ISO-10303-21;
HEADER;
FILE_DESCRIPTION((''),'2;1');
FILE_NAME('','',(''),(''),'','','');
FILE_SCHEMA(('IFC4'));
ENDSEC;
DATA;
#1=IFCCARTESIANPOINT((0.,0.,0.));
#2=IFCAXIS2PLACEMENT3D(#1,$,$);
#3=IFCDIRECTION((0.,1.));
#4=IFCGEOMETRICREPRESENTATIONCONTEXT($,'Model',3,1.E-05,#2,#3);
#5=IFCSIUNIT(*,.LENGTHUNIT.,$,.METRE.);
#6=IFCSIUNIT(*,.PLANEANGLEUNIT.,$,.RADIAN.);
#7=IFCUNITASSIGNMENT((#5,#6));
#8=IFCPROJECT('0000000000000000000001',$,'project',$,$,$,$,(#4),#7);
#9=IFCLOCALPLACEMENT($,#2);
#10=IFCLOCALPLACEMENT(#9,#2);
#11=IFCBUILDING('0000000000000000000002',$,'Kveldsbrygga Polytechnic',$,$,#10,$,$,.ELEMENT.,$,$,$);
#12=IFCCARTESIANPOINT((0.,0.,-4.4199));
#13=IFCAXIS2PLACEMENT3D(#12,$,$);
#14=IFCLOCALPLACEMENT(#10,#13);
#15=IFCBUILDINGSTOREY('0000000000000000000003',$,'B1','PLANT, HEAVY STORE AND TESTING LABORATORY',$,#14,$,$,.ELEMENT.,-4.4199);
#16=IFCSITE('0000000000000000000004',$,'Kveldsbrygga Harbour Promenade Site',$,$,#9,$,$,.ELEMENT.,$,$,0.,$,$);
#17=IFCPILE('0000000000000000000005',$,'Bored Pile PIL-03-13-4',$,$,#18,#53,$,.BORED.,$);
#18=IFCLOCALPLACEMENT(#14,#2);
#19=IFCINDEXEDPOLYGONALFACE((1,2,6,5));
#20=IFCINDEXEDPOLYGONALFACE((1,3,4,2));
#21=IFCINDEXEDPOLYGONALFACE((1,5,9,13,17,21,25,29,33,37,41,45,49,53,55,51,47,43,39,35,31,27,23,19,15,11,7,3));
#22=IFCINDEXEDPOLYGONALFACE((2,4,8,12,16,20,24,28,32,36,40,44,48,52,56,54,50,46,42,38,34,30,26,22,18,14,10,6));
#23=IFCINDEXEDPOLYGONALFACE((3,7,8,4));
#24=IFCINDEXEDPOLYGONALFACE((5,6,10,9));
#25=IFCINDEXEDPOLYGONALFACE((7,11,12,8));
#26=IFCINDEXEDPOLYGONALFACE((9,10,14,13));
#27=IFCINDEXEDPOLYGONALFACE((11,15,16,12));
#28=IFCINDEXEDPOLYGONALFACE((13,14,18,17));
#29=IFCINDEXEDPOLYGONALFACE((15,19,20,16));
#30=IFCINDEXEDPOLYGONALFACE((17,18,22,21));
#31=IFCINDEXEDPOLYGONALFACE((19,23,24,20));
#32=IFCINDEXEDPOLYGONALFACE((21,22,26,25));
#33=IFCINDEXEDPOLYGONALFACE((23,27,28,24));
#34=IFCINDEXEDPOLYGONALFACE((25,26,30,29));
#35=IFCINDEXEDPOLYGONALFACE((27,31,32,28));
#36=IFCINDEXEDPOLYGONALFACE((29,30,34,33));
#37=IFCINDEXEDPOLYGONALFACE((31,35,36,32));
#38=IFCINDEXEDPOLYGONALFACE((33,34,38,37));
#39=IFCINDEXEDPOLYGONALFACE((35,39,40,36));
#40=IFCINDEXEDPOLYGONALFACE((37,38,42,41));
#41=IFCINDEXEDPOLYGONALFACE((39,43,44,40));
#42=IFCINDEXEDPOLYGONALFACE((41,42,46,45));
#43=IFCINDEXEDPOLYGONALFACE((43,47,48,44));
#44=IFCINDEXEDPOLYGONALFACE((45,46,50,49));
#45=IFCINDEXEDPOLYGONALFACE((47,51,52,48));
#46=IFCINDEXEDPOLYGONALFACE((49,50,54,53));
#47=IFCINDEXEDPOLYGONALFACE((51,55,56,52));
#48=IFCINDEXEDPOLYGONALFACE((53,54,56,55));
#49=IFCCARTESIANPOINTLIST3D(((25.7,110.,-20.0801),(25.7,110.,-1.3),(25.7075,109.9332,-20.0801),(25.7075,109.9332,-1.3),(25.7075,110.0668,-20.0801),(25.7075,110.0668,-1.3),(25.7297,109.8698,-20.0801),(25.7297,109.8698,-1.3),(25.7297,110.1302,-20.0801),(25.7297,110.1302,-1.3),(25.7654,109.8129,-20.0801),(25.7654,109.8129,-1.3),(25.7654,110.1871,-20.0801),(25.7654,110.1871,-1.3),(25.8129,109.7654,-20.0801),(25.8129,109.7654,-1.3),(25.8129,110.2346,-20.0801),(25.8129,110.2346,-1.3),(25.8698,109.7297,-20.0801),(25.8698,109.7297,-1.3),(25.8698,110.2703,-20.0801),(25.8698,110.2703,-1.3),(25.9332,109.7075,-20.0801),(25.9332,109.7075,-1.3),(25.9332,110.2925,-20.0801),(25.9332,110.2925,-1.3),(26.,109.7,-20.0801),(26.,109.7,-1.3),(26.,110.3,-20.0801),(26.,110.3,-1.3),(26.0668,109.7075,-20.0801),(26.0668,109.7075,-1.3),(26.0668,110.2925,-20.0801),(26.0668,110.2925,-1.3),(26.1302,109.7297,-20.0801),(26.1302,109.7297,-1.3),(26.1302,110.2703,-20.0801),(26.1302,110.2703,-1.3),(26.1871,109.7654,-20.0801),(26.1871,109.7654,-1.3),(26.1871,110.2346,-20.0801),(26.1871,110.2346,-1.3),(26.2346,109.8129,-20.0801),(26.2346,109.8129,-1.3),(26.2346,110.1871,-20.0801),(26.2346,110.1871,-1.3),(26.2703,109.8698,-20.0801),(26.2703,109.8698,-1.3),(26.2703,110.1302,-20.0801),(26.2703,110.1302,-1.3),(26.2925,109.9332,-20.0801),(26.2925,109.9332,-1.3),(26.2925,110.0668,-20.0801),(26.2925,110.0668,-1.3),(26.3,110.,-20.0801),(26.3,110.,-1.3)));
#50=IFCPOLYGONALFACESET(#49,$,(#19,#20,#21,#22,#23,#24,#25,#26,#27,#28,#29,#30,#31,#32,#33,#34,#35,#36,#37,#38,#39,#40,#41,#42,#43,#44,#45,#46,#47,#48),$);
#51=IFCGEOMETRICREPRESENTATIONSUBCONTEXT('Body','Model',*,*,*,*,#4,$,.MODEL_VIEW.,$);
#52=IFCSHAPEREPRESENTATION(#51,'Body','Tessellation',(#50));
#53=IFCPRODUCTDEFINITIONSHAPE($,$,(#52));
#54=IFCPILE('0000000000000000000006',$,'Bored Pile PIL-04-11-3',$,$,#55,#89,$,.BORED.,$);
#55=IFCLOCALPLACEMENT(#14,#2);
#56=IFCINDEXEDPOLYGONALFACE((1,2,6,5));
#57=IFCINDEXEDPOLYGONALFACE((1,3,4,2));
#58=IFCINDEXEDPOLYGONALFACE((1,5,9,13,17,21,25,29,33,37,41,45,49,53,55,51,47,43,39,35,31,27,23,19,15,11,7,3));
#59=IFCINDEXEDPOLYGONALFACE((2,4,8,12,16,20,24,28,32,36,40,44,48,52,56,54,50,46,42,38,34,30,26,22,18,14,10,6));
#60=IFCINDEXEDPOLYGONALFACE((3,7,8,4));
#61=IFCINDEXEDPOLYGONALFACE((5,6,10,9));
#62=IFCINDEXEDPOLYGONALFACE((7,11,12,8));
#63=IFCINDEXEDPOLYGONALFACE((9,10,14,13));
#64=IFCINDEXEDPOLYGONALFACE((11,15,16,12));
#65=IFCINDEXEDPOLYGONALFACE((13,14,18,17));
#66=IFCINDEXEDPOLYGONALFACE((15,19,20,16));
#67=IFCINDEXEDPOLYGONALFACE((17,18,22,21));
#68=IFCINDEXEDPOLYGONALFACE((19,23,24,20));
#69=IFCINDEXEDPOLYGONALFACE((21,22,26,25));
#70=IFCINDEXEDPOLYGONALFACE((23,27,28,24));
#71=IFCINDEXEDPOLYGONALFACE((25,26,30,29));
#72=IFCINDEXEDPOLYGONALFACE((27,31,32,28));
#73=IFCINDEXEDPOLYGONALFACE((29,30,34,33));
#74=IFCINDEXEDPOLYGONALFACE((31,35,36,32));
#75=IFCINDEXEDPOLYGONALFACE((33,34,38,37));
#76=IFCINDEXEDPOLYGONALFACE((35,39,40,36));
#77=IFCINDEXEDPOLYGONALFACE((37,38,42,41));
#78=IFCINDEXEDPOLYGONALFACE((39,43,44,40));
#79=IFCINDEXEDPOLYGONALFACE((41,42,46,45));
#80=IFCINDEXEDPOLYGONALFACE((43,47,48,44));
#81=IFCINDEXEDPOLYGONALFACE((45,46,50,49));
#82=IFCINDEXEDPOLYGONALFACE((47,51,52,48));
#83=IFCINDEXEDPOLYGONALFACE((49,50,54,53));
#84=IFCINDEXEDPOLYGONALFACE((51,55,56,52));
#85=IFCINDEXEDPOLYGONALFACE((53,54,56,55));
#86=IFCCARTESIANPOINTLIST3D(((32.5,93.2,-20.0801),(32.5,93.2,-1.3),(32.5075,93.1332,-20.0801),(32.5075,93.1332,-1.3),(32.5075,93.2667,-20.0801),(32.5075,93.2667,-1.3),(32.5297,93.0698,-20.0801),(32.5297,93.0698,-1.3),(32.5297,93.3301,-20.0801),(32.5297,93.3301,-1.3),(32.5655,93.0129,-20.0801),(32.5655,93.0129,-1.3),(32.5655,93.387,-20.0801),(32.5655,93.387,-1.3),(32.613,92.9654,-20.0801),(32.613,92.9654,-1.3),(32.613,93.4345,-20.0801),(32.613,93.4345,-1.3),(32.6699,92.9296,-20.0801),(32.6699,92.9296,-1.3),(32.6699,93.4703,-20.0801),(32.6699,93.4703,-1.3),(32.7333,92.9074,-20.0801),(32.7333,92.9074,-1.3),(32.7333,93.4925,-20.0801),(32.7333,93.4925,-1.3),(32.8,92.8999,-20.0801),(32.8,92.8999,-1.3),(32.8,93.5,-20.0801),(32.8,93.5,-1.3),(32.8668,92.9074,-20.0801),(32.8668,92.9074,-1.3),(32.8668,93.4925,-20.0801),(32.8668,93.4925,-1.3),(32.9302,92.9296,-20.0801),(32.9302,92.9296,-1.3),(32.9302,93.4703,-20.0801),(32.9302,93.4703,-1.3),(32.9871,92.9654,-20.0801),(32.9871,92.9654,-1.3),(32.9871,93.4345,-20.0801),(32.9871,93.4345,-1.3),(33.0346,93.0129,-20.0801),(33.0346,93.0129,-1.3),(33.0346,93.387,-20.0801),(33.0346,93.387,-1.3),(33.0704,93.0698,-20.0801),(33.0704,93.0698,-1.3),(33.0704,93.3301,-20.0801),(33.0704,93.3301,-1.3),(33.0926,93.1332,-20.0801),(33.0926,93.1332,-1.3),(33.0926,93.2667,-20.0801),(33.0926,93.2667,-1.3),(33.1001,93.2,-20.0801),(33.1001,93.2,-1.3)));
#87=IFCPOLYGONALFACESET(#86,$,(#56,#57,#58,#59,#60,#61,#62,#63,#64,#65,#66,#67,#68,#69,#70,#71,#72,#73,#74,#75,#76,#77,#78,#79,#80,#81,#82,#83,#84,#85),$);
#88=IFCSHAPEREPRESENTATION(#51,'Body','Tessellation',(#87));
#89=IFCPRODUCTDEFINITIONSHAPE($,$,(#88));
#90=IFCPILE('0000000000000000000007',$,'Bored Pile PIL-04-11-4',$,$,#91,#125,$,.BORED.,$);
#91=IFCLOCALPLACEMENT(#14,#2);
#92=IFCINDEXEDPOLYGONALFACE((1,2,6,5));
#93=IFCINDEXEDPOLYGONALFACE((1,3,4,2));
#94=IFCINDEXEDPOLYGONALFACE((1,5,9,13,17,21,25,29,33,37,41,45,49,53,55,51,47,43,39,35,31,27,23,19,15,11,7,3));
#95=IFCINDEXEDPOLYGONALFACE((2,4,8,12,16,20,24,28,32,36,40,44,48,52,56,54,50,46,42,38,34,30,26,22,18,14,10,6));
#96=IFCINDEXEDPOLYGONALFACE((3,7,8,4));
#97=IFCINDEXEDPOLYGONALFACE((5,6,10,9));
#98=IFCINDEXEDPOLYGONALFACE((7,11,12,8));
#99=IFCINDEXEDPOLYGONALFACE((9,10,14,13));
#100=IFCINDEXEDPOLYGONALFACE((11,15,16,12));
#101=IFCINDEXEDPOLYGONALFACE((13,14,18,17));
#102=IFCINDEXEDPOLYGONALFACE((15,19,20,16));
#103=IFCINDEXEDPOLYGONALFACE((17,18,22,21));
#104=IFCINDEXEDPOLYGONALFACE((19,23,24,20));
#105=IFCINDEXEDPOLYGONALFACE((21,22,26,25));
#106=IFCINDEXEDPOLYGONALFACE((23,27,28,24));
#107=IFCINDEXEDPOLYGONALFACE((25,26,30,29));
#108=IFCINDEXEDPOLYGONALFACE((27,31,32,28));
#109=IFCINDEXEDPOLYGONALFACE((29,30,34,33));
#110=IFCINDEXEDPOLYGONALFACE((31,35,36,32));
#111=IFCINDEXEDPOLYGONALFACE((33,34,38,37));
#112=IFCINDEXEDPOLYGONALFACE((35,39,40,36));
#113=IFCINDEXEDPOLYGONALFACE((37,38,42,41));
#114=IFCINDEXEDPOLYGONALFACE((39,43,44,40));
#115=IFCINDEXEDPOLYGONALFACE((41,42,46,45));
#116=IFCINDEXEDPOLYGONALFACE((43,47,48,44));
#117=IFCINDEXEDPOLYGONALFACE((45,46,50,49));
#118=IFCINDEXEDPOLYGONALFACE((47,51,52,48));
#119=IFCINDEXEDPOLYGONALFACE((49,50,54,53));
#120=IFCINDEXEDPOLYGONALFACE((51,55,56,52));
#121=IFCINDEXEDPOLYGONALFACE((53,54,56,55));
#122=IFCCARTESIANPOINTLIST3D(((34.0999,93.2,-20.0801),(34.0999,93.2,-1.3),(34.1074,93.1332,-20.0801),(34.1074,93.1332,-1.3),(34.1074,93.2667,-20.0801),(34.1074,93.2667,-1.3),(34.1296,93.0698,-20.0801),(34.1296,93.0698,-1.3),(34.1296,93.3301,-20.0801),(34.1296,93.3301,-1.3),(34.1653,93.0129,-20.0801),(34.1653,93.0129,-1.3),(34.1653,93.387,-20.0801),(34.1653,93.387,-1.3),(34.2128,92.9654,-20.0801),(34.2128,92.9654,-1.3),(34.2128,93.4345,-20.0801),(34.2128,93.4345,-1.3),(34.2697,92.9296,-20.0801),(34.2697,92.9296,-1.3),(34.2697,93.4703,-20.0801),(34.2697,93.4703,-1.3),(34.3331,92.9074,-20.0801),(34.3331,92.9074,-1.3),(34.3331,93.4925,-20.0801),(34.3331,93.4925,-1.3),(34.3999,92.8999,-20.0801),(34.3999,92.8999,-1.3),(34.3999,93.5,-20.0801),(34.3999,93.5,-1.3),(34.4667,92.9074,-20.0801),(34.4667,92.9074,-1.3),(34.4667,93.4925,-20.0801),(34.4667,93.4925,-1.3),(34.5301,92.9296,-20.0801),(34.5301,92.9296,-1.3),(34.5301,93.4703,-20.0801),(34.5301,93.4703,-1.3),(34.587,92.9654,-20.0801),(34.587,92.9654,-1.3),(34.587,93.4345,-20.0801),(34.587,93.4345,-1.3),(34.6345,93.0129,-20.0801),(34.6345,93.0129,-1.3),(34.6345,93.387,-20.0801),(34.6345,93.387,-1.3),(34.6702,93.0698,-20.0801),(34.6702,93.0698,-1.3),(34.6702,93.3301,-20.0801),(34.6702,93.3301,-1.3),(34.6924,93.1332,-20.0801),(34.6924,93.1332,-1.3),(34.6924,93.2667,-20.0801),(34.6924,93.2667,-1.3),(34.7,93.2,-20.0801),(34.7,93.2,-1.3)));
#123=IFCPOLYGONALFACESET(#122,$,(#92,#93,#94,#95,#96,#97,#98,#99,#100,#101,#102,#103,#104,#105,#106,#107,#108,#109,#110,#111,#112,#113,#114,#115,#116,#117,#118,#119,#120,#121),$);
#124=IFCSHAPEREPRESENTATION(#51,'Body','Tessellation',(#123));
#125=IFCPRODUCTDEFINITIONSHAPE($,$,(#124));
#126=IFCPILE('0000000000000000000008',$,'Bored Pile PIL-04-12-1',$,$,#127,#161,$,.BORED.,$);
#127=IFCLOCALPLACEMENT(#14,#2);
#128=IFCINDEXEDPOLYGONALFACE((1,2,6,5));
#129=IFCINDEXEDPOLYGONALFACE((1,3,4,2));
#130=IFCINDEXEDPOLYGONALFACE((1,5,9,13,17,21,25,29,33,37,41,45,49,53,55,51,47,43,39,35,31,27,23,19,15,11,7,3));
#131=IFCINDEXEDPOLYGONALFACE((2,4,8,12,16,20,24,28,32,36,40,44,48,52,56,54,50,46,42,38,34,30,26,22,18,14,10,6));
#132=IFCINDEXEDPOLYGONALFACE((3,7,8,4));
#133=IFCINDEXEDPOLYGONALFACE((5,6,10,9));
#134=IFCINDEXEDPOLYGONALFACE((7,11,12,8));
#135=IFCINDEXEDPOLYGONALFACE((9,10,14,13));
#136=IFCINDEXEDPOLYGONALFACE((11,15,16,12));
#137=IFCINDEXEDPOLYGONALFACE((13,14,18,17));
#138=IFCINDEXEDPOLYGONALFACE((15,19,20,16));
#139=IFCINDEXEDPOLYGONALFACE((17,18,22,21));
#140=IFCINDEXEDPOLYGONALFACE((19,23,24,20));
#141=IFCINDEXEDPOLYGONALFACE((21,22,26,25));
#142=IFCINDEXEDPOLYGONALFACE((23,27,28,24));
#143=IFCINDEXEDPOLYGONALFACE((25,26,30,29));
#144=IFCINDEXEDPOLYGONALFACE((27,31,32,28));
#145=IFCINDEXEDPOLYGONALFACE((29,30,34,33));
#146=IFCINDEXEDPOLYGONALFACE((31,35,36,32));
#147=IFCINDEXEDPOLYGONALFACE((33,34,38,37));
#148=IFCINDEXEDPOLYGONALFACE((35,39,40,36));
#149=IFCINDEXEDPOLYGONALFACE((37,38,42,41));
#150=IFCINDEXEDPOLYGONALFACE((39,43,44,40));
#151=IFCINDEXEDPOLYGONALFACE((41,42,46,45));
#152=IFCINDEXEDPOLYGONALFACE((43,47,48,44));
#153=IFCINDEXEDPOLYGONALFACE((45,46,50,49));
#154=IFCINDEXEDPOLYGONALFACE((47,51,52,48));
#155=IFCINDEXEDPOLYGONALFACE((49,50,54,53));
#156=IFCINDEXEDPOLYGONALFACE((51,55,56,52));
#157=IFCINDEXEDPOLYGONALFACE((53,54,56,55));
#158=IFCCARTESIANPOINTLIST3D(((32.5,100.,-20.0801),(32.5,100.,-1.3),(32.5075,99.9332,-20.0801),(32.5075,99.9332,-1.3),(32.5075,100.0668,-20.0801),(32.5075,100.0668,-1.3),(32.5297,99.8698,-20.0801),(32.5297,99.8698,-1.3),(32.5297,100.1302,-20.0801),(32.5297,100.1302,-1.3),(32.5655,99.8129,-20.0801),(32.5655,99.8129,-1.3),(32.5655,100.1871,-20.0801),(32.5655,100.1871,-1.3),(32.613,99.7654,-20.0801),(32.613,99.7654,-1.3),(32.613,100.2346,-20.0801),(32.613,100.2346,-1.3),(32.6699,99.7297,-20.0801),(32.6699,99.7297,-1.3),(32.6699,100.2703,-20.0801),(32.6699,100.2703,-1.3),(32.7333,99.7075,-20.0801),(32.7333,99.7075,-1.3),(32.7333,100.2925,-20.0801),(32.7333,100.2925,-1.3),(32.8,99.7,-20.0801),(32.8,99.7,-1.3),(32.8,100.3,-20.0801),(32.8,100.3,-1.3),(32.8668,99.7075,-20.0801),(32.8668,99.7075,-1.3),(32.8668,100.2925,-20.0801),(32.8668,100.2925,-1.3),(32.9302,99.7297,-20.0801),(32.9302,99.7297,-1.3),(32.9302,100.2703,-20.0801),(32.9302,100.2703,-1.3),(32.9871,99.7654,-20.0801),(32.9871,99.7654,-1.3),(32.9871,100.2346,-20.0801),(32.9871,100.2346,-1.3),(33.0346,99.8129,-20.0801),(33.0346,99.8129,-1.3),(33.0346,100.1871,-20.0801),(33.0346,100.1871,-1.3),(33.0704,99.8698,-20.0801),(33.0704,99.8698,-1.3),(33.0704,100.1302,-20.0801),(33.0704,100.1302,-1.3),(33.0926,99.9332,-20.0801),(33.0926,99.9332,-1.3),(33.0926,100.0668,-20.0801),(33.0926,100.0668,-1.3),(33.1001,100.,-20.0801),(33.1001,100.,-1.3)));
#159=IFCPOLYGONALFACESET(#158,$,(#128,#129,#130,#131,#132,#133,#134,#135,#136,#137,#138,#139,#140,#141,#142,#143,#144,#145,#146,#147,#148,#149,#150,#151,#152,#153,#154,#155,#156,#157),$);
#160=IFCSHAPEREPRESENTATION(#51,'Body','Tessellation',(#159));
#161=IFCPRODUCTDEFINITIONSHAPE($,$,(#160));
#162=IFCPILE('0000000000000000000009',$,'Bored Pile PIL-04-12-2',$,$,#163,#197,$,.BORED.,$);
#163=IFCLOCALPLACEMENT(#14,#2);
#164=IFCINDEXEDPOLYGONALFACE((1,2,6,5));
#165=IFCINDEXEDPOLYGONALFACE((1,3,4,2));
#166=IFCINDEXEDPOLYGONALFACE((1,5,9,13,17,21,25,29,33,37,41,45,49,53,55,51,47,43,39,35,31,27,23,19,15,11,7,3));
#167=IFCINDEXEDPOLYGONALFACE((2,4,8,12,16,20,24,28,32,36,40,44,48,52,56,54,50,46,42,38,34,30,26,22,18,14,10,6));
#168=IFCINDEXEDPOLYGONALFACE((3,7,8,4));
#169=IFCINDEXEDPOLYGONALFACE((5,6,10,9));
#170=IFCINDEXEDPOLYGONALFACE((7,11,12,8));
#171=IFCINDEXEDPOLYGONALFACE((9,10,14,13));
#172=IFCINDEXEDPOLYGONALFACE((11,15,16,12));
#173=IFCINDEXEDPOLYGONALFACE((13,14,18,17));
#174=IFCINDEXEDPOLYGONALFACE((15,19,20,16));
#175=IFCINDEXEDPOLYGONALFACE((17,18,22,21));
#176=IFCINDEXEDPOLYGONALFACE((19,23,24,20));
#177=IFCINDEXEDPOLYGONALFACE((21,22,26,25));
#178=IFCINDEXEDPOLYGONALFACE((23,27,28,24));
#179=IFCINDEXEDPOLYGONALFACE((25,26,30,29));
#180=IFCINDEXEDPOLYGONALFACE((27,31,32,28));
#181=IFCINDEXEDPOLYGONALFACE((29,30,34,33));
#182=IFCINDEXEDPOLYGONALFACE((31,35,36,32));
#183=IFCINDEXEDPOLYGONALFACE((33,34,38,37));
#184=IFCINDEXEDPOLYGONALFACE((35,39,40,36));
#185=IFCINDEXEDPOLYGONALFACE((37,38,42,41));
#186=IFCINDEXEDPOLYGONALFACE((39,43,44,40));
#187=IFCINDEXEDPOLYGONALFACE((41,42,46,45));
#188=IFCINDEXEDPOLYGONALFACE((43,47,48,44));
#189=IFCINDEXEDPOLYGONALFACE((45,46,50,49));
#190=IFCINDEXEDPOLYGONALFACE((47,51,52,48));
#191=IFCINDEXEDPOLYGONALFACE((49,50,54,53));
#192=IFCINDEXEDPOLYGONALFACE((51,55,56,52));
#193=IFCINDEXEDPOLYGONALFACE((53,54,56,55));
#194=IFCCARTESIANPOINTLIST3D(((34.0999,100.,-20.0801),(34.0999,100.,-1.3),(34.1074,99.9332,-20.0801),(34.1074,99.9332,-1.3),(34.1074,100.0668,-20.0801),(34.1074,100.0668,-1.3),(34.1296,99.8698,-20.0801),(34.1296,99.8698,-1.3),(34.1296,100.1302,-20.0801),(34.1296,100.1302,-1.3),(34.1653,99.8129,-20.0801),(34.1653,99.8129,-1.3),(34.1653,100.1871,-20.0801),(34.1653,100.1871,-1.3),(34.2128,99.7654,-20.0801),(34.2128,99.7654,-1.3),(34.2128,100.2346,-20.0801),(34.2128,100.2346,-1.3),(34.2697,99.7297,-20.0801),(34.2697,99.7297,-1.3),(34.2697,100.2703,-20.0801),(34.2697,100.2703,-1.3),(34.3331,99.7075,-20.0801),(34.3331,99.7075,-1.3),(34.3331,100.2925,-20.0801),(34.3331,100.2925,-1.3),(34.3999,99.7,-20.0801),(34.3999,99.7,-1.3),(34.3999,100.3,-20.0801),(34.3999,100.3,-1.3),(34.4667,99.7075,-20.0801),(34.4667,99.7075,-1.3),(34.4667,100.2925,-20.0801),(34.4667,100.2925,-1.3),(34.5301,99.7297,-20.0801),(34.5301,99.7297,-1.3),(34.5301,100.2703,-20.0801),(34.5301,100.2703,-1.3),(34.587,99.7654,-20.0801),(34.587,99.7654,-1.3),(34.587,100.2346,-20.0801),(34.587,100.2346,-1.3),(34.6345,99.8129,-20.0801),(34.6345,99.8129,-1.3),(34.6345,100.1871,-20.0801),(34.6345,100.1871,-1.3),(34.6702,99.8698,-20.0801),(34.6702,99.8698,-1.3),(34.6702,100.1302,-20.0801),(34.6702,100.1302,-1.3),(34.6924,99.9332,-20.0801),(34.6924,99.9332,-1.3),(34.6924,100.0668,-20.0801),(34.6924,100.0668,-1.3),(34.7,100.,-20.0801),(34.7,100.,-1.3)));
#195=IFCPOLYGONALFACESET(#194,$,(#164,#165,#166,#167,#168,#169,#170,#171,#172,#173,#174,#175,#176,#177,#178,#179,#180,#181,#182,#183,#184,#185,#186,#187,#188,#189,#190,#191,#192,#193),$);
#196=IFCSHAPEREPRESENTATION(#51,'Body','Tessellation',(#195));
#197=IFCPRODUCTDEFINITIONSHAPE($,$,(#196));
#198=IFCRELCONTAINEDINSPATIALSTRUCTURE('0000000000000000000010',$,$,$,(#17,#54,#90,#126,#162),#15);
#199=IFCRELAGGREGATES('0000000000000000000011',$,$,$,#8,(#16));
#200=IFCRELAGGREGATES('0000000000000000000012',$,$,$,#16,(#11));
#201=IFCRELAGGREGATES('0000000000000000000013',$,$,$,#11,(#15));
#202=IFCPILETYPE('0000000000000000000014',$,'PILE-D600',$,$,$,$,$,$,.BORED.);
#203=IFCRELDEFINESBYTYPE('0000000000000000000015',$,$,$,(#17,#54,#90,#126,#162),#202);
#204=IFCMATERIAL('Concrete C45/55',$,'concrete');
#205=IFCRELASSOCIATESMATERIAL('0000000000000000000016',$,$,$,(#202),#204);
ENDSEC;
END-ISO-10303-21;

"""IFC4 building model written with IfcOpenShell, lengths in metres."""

from ifc_helpers import new_model, si_unit, direction, frame, origin, origin_2d, place, context, subcontext, project, spatial, circle, extrude, material, material_profile, profile_set, type_object, element, save


model = new_model("IFC4")

# Units and contexts
model_context = context("Model", 3, precision=1e-05, world=origin(), true_north=direction((0.0, 1.0)))
body_context = subcontext(model_context, "Body", "Model", "MODEL_VIEW")
ifc_project = project(units=[si_unit("LENGTHUNIT", "METRE"), si_unit("PLANEANGLEUNIT", "RADIAN")], contexts=[model_context])

# Site, building, storey
site_placement = place(None, origin())
site = spatial("IfcSite", under=ifc_project, at=site_placement, Name="Kveldsbrygga Harbour Promenade Site", CompositionType="ELEMENT", RefElevation=0.0)
building_placement = place(site_placement, origin())
building = spatial("IfcBuilding", under=site, at=building_placement, Name="Kveldsbrygga Polytechnic", CompositionType="ELEMENT")
storey_placement = place(building_placement, frame((0.0, 0.0, -4.4199)))
storey = spatial("IfcBuildingStorey", under=building, at=storey_placement, Name="B1", Description="PLANT, HEAVY STORE AND TESTING LABORATORY", CompositionType="ELEMENT", Elevation=-4.4199)

# Shared definitions
ifc_material_1 = material(Name="Concrete C45/55", Category="concrete")

# Piles
ifc_material_profile_1 = material_profile(ifc_material_1, circle(Radius=0.3, at=origin_2d()), Name="PILE D600")
ifc_profile_set_1 = profile_set([ifc_material_profile_1], Name="Concrete C45/55")
pile_type = type_object("IfcPileType", Name="PILE-D600", PredefinedType="BORED", material=ifc_profile_set_1)
for number, where, z_axis, x_axis, name in (
    (1, (26.0, 110.0, -1.3), (0.0, 0.0, -1.0), (1.0, 0.0, 0.0), "Bored Pile PIL-03-13-4"),
    (2, (32.8, 93.2, -1.3), (0.0, 0.0, -1.0), (1.0, 0.0, 0.0), "Bored Pile PIL-04-11-3"),
    (3, (34.3999, 93.2, -1.3), (0.0, 0.0, -1.0), (1.0, 0.0, 0.0), "Bored Pile PIL-04-11-4"),
    (4, (32.8, 100.0, -1.3), (0.0, 0.0, -1.0), (1.0, 0.0, 0.0), "Bored Pile PIL-04-12-1"),
    (5, (34.3999, 100.0, -1.3), (0.0, 0.0, -1.0), (1.0, 0.0, 0.0), "Bored Pile PIL-04-12-2"),
):
    element("IfcPile", number, at=place(storey_placement, frame(where, z_axis=z_axis, x_axis=x_axis)), inside=storey, type_object=pile_type, Name=name, PredefinedType="BORED", context=body_context, shape_type="SweptSolid", body=[
        extrude(circle(Radius=0.3, at=origin_2d()), origin(), (0.0, 0.0, 1.0), 18.78),
    ])

save(model, "model.ifc")
